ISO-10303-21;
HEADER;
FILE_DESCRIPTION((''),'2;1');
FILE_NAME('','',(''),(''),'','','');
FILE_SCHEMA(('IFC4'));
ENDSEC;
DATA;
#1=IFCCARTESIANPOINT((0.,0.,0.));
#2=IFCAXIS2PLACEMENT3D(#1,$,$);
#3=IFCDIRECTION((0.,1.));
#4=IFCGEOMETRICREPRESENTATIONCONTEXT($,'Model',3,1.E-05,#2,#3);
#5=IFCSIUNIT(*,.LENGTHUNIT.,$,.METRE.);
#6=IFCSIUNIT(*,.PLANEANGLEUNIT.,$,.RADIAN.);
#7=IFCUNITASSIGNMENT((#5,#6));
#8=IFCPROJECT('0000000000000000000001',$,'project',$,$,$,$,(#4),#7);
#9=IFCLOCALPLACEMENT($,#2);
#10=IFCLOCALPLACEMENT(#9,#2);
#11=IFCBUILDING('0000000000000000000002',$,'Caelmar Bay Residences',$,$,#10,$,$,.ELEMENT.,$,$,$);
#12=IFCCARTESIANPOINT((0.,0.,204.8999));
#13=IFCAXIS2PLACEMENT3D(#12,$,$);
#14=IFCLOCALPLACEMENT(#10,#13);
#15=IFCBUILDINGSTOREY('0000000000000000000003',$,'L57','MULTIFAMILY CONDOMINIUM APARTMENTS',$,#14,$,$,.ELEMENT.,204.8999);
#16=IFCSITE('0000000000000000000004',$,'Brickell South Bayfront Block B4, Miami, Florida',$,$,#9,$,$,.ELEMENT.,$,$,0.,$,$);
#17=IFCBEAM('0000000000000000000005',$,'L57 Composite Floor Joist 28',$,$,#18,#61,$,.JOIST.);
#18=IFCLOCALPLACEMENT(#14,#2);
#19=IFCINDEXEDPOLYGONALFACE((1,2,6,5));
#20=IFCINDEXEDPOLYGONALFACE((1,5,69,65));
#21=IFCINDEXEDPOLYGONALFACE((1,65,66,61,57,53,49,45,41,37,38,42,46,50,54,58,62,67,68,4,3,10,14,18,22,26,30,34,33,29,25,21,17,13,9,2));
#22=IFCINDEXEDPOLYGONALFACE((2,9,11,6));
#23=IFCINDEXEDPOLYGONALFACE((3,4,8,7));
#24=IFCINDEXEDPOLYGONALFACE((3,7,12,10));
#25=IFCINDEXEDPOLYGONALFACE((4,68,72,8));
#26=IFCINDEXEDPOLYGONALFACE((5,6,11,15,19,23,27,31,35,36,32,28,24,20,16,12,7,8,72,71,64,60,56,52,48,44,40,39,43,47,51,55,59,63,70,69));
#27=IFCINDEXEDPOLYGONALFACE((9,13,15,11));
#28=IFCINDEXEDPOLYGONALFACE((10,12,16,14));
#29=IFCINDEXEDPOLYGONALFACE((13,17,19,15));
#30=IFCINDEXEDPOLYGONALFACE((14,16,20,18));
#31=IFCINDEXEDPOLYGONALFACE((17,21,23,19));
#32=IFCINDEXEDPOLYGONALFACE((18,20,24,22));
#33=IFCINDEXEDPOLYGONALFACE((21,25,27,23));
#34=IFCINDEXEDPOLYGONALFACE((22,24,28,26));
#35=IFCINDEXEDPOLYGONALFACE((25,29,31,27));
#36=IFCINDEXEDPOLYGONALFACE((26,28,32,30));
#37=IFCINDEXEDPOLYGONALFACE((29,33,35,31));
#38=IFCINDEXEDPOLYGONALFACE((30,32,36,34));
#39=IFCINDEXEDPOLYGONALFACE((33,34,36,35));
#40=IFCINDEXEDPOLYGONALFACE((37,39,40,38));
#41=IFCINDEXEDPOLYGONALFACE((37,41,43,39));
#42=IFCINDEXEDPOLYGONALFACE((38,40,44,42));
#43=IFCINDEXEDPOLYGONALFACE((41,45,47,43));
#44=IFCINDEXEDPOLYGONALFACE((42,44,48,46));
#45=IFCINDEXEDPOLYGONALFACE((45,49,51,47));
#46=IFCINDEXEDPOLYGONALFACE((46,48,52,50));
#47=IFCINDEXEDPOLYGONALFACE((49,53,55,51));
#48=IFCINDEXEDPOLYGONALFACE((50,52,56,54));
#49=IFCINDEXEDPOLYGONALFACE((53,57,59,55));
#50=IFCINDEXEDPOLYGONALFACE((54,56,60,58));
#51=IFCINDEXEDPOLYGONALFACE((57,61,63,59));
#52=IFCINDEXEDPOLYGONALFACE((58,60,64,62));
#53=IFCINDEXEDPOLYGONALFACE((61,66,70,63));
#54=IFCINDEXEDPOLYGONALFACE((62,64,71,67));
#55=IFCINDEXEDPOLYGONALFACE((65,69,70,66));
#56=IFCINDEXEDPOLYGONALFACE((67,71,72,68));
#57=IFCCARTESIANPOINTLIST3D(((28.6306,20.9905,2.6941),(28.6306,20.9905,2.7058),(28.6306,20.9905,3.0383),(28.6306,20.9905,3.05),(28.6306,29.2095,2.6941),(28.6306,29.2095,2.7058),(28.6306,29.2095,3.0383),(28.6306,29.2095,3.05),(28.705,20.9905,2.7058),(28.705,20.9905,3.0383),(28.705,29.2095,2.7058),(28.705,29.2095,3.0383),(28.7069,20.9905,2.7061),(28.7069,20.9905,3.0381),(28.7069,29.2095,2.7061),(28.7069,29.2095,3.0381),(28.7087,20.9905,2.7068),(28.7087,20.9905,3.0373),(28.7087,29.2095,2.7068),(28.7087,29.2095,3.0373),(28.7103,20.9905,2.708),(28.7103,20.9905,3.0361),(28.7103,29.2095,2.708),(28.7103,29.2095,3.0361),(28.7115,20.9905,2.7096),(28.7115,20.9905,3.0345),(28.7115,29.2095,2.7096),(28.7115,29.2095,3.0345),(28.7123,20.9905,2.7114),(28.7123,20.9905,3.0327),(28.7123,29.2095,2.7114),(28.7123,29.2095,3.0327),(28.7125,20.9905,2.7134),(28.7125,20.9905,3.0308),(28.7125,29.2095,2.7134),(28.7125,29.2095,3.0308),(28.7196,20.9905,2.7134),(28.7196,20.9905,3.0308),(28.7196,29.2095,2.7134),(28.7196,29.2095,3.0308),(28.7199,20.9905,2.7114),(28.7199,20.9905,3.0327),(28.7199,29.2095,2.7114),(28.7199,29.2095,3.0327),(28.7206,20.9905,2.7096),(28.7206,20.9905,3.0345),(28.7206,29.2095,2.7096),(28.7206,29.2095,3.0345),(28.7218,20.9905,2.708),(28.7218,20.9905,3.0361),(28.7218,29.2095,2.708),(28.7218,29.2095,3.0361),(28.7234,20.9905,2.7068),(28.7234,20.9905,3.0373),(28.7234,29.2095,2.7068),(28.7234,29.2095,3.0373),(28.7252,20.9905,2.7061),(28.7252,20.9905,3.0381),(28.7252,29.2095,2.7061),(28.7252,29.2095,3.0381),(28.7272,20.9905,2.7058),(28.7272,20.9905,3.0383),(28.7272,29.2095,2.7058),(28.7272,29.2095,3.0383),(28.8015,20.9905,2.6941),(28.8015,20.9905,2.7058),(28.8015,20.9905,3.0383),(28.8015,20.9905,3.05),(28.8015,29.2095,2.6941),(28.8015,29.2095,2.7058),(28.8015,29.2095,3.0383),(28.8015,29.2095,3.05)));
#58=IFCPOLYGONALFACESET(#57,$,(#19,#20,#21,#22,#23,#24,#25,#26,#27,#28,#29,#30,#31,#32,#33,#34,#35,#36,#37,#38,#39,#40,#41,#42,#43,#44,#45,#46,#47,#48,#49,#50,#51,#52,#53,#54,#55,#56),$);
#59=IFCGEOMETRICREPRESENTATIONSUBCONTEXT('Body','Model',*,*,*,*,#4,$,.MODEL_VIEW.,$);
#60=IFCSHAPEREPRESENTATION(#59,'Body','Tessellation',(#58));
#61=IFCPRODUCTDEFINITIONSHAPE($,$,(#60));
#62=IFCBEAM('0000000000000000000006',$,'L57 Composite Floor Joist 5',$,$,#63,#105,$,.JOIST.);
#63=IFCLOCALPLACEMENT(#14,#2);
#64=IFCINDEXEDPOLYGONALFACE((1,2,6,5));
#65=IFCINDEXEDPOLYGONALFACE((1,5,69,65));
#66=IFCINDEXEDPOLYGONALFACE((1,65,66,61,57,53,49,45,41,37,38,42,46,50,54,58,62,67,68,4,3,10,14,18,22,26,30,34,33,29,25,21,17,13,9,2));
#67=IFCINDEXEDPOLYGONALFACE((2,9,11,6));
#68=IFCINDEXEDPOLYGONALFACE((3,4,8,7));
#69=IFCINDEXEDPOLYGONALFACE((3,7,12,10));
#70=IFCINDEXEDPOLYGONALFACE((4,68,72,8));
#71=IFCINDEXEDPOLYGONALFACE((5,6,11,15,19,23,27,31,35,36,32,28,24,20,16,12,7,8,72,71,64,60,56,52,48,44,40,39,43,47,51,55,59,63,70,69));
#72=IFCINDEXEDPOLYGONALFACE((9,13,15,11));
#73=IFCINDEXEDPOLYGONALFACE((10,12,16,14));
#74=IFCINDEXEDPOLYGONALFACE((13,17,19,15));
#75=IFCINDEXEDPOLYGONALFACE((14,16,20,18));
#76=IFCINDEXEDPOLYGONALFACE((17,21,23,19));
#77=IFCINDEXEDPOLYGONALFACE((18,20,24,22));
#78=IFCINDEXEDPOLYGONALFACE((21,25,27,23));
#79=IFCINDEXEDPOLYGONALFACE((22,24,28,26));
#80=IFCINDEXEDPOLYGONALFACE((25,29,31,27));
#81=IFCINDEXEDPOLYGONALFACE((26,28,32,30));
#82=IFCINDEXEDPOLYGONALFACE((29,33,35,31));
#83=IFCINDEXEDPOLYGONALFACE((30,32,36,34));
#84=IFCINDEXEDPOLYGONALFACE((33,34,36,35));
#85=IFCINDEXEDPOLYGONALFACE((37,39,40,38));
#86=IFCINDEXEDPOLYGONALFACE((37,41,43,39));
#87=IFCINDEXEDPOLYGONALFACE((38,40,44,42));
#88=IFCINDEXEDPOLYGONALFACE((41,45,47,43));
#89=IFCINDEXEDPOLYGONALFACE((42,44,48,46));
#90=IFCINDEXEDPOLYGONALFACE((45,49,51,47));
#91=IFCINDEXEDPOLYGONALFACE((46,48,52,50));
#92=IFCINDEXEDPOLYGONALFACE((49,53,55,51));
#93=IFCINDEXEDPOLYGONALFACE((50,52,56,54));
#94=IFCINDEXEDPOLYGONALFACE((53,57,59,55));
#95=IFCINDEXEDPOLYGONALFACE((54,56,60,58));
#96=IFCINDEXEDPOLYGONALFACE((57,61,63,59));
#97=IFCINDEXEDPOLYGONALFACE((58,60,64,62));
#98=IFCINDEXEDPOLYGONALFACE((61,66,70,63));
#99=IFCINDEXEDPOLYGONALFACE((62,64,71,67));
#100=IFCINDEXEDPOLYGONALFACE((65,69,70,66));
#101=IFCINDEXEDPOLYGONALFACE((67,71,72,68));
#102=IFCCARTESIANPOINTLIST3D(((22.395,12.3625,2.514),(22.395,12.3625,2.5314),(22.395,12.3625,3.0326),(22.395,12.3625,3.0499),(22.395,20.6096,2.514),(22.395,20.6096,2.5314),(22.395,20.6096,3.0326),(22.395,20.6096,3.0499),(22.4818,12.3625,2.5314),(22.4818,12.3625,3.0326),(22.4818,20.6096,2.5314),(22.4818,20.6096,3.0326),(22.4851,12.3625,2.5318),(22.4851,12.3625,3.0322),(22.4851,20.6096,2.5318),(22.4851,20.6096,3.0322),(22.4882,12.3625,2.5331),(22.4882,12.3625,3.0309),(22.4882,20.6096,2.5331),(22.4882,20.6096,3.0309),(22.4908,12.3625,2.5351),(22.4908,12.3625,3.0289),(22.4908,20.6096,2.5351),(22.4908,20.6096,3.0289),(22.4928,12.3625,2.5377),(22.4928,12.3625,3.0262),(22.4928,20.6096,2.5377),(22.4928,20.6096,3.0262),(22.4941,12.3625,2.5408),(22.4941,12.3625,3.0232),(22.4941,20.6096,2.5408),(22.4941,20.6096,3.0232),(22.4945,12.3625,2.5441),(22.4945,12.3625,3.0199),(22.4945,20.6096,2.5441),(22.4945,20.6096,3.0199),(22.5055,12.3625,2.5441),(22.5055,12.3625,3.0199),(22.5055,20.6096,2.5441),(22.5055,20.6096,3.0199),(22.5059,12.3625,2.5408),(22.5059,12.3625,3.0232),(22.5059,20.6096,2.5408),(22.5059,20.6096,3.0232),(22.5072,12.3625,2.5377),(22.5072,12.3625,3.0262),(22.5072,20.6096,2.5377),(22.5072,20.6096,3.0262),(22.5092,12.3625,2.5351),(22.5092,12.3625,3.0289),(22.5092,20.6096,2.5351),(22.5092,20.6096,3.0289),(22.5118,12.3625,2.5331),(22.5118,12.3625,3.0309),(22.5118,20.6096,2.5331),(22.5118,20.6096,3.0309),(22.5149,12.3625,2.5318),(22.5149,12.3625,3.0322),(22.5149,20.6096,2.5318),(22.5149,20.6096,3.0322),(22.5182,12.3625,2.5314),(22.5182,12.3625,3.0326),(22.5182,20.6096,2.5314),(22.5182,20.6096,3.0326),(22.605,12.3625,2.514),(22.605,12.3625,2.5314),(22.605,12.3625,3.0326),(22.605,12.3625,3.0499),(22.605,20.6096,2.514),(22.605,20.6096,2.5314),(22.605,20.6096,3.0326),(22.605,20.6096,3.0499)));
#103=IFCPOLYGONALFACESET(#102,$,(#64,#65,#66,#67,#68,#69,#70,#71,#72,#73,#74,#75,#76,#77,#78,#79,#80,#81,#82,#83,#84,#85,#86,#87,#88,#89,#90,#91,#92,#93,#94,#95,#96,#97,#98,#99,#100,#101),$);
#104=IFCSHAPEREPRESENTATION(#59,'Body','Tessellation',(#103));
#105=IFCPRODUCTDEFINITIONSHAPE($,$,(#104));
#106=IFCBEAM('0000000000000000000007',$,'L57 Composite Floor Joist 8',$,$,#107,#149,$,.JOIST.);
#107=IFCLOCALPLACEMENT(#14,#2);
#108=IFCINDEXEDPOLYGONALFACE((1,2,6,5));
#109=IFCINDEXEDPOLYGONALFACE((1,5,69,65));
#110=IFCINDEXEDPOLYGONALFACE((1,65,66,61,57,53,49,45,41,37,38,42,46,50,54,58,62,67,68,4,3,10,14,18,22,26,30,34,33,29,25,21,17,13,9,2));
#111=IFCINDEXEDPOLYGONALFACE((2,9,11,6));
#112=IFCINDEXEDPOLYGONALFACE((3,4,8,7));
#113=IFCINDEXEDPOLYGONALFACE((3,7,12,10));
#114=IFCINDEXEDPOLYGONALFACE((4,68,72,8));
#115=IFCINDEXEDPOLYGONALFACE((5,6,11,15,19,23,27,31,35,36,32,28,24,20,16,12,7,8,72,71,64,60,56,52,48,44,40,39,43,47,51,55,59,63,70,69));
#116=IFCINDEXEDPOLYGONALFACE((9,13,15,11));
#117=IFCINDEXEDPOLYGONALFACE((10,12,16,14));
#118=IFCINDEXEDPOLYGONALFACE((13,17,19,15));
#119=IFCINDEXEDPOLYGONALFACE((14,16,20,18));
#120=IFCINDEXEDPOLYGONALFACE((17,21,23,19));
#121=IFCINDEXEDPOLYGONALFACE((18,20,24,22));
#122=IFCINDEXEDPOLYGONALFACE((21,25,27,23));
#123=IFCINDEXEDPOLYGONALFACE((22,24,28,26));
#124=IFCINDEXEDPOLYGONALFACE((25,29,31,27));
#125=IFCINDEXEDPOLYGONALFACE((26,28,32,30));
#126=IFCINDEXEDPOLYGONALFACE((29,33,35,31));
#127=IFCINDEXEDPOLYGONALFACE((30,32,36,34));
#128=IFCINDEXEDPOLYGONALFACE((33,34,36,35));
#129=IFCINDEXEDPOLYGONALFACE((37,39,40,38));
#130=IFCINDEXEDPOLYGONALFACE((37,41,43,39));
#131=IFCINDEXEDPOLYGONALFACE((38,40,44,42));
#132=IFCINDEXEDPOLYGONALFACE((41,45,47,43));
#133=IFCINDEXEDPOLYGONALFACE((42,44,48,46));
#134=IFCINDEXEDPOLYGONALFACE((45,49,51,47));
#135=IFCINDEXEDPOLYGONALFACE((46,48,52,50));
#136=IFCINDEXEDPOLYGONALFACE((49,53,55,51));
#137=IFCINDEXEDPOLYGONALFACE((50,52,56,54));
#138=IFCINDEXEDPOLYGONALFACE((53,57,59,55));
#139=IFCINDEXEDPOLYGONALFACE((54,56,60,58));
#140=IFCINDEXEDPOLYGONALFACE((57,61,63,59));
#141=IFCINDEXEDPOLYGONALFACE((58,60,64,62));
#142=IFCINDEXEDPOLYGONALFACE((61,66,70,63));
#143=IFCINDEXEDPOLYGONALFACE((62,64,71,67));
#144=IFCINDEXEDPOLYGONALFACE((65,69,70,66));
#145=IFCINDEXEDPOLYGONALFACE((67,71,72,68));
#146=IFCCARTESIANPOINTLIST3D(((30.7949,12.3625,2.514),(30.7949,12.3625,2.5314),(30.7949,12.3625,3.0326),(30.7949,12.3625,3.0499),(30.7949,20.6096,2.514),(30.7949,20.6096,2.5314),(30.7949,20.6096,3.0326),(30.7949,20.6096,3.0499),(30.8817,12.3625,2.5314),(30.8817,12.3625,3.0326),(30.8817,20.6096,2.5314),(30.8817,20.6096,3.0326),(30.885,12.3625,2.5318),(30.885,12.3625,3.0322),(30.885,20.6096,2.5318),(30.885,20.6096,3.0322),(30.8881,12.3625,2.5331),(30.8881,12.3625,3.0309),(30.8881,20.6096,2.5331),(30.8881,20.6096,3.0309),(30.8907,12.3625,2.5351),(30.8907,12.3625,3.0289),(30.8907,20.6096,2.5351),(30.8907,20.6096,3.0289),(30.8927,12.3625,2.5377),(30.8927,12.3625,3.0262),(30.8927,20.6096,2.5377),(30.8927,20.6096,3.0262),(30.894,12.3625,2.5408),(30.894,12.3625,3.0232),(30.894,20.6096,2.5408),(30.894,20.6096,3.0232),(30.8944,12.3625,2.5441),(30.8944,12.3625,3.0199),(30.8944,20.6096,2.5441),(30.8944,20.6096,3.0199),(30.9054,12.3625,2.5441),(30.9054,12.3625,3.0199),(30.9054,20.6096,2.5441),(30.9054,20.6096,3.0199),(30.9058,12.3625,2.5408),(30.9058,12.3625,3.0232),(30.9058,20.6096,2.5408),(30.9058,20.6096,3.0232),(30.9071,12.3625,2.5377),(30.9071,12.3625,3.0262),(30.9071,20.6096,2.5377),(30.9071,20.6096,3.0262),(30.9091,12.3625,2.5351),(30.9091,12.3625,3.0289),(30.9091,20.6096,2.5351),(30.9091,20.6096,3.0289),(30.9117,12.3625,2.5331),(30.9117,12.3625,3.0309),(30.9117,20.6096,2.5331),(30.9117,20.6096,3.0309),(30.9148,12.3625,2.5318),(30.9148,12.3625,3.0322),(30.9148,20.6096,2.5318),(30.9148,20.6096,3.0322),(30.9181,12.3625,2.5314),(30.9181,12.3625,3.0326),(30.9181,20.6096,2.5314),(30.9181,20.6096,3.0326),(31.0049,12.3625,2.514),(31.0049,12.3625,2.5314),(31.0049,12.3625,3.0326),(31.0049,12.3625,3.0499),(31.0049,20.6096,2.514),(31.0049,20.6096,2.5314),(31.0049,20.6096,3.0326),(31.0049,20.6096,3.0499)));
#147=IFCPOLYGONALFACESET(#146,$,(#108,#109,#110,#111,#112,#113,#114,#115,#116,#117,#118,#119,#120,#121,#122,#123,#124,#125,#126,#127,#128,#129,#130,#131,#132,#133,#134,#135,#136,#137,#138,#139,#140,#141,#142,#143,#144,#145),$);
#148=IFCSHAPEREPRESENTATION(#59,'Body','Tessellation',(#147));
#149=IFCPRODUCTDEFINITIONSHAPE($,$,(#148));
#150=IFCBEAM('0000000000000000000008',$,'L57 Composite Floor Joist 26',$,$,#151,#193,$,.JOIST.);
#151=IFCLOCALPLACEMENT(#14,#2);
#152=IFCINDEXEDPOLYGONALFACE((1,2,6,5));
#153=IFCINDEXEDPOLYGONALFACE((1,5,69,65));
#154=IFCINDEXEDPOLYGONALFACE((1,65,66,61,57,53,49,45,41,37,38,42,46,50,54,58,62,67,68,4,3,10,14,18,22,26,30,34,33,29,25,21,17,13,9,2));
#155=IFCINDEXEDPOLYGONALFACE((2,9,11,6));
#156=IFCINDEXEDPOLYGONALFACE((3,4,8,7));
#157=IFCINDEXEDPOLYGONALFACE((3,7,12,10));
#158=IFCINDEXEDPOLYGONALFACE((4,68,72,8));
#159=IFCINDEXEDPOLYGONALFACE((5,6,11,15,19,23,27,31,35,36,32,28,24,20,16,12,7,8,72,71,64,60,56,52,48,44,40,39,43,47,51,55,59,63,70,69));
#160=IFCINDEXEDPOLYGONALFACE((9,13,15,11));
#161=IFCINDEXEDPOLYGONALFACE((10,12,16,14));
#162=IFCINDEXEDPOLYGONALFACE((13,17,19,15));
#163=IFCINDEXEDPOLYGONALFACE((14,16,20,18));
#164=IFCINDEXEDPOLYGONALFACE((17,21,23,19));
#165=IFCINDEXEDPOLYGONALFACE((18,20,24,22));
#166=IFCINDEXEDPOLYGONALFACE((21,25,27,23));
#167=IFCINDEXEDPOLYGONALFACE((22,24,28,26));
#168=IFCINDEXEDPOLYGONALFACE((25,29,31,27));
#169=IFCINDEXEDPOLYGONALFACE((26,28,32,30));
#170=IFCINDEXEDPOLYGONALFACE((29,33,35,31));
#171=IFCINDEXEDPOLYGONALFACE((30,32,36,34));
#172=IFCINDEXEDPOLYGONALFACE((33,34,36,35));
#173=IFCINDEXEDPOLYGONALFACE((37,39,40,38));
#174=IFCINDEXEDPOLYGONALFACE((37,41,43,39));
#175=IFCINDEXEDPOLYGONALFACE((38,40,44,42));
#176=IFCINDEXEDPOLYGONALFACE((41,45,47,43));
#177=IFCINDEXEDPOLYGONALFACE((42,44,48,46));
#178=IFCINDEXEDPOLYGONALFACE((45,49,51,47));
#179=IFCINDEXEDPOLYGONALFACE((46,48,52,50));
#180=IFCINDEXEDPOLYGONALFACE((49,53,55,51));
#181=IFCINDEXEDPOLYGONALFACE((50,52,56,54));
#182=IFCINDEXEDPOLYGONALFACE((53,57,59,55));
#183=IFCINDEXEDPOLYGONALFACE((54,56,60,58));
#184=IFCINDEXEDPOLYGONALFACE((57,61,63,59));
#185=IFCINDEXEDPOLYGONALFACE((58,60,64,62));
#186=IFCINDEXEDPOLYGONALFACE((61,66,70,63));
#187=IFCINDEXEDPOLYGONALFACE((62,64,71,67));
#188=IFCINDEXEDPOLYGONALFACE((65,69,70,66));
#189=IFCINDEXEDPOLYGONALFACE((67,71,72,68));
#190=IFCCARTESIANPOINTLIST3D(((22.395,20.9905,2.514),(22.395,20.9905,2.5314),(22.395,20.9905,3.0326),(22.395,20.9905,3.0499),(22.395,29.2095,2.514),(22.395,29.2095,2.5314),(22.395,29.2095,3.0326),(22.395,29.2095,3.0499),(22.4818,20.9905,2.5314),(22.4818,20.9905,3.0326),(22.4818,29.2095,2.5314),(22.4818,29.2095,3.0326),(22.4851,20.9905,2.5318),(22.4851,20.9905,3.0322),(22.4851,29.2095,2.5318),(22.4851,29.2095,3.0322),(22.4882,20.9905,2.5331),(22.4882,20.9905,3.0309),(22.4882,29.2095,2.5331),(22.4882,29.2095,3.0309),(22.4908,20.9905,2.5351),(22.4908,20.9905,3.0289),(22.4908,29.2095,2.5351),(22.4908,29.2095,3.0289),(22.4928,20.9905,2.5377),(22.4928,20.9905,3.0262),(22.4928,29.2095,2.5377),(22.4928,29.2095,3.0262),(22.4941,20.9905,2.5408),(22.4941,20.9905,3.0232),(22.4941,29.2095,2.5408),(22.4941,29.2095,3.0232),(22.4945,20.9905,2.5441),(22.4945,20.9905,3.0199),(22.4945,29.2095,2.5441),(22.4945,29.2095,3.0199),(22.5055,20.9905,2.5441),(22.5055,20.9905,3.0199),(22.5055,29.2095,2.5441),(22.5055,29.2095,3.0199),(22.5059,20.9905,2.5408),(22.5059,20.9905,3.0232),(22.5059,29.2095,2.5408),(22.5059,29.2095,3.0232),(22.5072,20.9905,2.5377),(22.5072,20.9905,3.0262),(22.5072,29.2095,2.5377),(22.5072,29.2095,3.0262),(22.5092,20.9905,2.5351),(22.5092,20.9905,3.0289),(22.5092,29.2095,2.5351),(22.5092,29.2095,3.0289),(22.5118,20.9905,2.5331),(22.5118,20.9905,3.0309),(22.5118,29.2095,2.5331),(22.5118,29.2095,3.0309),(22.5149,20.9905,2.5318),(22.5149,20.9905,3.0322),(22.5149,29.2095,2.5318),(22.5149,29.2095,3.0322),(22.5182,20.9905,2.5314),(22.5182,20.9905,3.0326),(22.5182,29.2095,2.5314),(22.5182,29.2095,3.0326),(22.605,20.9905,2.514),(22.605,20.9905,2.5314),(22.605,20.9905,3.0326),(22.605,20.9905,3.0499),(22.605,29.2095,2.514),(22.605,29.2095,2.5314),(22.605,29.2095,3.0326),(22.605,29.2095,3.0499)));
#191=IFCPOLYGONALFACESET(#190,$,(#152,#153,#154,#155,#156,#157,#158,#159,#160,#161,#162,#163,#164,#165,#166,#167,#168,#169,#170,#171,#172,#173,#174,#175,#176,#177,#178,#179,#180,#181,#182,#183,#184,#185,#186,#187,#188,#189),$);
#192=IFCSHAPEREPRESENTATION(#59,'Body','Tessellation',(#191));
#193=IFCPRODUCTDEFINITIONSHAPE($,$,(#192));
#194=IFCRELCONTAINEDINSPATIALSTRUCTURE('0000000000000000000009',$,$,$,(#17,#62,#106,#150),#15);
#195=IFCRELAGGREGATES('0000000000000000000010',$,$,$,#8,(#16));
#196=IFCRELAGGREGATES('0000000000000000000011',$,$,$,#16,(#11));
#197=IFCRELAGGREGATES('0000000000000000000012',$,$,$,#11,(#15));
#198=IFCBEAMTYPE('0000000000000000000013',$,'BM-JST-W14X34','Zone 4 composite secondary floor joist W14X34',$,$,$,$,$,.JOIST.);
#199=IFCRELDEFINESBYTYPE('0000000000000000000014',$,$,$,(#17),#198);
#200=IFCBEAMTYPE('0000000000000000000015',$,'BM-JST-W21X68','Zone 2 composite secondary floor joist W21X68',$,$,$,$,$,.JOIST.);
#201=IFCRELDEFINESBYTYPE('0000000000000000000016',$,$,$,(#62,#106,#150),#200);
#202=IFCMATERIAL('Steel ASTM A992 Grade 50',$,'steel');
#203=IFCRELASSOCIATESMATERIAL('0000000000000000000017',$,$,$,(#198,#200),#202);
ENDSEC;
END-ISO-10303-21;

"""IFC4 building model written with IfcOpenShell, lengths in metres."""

from ifc_helpers import new_model, si_unit, direction, frame, origin, origin_2d, place, context, subcontext, project, spatial, i_section, extrude, material, material_profile, profile_set, type_object, element, save


model = new_model("IFC4")

# Units and contexts
model_context = context("Model", 3, precision=1e-05, world=origin(), true_north=direction((0.0, 1.0)))
body_context = subcontext(model_context, "Body", "Model", "MODEL_VIEW")
ifc_project = project(units=[si_unit("LENGTHUNIT", "METRE"), si_unit("PLANEANGLEUNIT", "RADIAN")], contexts=[model_context])

# Site, building, storey
site_placement = place(None, origin())
site = spatial("IfcSite", under=ifc_project, at=site_placement, Name="Brickell South Bayfront Block B4, Miami, Florida", CompositionType="ELEMENT", RefElevation=0.0)
building_placement = place(site_placement, origin())
building = spatial("IfcBuilding", under=site, at=building_placement, Name="Caelmar Bay Residences", CompositionType="ELEMENT")
storey_placement = place(building_placement, frame((0.0, 0.0, 204.8999)))
storey = spatial("IfcBuildingStorey", under=building, at=storey_placement, Name="L57", Description="MULTIFAMILY CONDOMINIUM APARTMENTS", CompositionType="ELEMENT", Elevation=204.8999)

# Beams
ifc_material_1 = material(Name="Steel ASTM A992 Grade 50", Category="steel")
ifc_material_profile_1 = material_profile(ifc_material_1, i_section(OverallWidth=0.1709, OverallDepth=0.356, WebThickness=0.0071, FlangeThickness=0.0117, FilletRadius=0.0076, at=origin_2d()), Name="W14X34")
ifc_profile_set_1 = profile_set([ifc_material_profile_1], Name="Steel ASTM A992 Grade 50")
beam_type_1 = type_object("IfcBeamType", Name="BM-JST-W14X34", Description="Zone 4 composite secondary floor joist W14X34", PredefinedType="JOIST", material=ifc_profile_set_1)
for number, where, z_axis, x_axis, name in (
    (1, (28.7161, 20.9905, 2.8721), (0.0, 1.0, 0.0), (-1.0, 0.0, 0.0), "L57 Composite Floor Joist 28"),
):
    element("IfcBeam", number, at=place(storey_placement, frame(where, z_axis=z_axis, x_axis=x_axis)), inside=storey, type_object=beam_type_1, Name=name, PredefinedType="JOIST", context=body_context, shape_type="SweptSolid", body=[
        extrude(i_section(OverallWidth=0.1709, OverallDepth=0.356, WebThickness=0.0071, FlangeThickness=0.0117, FilletRadius=0.0076, at=origin_2d()), origin(), (0.0, 0.0, 1.0), 8.219),
    ])
ifc_material_profile_2 = material_profile(ifc_material_1, i_section(OverallWidth=0.21, OverallDepth=0.5359, WebThickness=0.011, FlangeThickness=0.0173, FilletRadius=0.0127, at=origin_2d()), Name="W21X68")
ifc_profile_set_2 = profile_set([ifc_material_profile_2], Name="Steel ASTM A992 Grade 50")
beam_type_2 = type_object("IfcBeamType", Name="BM-JST-W21X68", Description="Zone 2 composite secondary floor joist W21X68", PredefinedType="JOIST", material=ifc_profile_set_2)
for number, where, z_axis, x_axis, name in (
    (2, (22.5, 12.3625, 2.782), (0.0, 1.0, 0.0), (-1.0, 0.0, 0.0), "L57 Composite Floor Joist 5"),
    (3, (30.8999, 12.3625, 2.782), (0.0, 1.0, 0.0), (-1.0, 0.0, 0.0), "L57 Composite Floor Joist 8"),
):
    element("IfcBeam", number, at=place(storey_placement, frame(where, z_axis=z_axis, x_axis=x_axis)), inside=storey, type_object=beam_type_2, Name=name, PredefinedType="JOIST", context=body_context, shape_type="SweptSolid", body=[
        extrude(i_section(OverallWidth=0.21, OverallDepth=0.5359, WebThickness=0.011, FlangeThickness=0.0173, FilletRadius=0.0127, at=origin_2d()), origin(), (0.0, 0.0, 1.0), 8.2471),
    ])
for number, where, z_axis, x_axis, name in (
    (4, (22.5, 20.9905, 2.782), (0.0, 1.0, 0.0), (-1.0, 0.0, 0.0), "L57 Composite Floor Joist 26"),
):
    element("IfcBeam", number, at=place(storey_placement, frame(where, z_axis=z_axis, x_axis=x_axis)), inside=storey, type_object=beam_type_2, Name=name, PredefinedType="JOIST", context=body_context, shape_type="SweptSolid", body=[
        extrude(i_section(OverallWidth=0.21, OverallDepth=0.5359, WebThickness=0.011, FlangeThickness=0.0173, FilletRadius=0.0127, at=origin_2d()), origin(), (0.0, 0.0, 1.0), 8.219),
    ])

save(model, "model.ifc")
